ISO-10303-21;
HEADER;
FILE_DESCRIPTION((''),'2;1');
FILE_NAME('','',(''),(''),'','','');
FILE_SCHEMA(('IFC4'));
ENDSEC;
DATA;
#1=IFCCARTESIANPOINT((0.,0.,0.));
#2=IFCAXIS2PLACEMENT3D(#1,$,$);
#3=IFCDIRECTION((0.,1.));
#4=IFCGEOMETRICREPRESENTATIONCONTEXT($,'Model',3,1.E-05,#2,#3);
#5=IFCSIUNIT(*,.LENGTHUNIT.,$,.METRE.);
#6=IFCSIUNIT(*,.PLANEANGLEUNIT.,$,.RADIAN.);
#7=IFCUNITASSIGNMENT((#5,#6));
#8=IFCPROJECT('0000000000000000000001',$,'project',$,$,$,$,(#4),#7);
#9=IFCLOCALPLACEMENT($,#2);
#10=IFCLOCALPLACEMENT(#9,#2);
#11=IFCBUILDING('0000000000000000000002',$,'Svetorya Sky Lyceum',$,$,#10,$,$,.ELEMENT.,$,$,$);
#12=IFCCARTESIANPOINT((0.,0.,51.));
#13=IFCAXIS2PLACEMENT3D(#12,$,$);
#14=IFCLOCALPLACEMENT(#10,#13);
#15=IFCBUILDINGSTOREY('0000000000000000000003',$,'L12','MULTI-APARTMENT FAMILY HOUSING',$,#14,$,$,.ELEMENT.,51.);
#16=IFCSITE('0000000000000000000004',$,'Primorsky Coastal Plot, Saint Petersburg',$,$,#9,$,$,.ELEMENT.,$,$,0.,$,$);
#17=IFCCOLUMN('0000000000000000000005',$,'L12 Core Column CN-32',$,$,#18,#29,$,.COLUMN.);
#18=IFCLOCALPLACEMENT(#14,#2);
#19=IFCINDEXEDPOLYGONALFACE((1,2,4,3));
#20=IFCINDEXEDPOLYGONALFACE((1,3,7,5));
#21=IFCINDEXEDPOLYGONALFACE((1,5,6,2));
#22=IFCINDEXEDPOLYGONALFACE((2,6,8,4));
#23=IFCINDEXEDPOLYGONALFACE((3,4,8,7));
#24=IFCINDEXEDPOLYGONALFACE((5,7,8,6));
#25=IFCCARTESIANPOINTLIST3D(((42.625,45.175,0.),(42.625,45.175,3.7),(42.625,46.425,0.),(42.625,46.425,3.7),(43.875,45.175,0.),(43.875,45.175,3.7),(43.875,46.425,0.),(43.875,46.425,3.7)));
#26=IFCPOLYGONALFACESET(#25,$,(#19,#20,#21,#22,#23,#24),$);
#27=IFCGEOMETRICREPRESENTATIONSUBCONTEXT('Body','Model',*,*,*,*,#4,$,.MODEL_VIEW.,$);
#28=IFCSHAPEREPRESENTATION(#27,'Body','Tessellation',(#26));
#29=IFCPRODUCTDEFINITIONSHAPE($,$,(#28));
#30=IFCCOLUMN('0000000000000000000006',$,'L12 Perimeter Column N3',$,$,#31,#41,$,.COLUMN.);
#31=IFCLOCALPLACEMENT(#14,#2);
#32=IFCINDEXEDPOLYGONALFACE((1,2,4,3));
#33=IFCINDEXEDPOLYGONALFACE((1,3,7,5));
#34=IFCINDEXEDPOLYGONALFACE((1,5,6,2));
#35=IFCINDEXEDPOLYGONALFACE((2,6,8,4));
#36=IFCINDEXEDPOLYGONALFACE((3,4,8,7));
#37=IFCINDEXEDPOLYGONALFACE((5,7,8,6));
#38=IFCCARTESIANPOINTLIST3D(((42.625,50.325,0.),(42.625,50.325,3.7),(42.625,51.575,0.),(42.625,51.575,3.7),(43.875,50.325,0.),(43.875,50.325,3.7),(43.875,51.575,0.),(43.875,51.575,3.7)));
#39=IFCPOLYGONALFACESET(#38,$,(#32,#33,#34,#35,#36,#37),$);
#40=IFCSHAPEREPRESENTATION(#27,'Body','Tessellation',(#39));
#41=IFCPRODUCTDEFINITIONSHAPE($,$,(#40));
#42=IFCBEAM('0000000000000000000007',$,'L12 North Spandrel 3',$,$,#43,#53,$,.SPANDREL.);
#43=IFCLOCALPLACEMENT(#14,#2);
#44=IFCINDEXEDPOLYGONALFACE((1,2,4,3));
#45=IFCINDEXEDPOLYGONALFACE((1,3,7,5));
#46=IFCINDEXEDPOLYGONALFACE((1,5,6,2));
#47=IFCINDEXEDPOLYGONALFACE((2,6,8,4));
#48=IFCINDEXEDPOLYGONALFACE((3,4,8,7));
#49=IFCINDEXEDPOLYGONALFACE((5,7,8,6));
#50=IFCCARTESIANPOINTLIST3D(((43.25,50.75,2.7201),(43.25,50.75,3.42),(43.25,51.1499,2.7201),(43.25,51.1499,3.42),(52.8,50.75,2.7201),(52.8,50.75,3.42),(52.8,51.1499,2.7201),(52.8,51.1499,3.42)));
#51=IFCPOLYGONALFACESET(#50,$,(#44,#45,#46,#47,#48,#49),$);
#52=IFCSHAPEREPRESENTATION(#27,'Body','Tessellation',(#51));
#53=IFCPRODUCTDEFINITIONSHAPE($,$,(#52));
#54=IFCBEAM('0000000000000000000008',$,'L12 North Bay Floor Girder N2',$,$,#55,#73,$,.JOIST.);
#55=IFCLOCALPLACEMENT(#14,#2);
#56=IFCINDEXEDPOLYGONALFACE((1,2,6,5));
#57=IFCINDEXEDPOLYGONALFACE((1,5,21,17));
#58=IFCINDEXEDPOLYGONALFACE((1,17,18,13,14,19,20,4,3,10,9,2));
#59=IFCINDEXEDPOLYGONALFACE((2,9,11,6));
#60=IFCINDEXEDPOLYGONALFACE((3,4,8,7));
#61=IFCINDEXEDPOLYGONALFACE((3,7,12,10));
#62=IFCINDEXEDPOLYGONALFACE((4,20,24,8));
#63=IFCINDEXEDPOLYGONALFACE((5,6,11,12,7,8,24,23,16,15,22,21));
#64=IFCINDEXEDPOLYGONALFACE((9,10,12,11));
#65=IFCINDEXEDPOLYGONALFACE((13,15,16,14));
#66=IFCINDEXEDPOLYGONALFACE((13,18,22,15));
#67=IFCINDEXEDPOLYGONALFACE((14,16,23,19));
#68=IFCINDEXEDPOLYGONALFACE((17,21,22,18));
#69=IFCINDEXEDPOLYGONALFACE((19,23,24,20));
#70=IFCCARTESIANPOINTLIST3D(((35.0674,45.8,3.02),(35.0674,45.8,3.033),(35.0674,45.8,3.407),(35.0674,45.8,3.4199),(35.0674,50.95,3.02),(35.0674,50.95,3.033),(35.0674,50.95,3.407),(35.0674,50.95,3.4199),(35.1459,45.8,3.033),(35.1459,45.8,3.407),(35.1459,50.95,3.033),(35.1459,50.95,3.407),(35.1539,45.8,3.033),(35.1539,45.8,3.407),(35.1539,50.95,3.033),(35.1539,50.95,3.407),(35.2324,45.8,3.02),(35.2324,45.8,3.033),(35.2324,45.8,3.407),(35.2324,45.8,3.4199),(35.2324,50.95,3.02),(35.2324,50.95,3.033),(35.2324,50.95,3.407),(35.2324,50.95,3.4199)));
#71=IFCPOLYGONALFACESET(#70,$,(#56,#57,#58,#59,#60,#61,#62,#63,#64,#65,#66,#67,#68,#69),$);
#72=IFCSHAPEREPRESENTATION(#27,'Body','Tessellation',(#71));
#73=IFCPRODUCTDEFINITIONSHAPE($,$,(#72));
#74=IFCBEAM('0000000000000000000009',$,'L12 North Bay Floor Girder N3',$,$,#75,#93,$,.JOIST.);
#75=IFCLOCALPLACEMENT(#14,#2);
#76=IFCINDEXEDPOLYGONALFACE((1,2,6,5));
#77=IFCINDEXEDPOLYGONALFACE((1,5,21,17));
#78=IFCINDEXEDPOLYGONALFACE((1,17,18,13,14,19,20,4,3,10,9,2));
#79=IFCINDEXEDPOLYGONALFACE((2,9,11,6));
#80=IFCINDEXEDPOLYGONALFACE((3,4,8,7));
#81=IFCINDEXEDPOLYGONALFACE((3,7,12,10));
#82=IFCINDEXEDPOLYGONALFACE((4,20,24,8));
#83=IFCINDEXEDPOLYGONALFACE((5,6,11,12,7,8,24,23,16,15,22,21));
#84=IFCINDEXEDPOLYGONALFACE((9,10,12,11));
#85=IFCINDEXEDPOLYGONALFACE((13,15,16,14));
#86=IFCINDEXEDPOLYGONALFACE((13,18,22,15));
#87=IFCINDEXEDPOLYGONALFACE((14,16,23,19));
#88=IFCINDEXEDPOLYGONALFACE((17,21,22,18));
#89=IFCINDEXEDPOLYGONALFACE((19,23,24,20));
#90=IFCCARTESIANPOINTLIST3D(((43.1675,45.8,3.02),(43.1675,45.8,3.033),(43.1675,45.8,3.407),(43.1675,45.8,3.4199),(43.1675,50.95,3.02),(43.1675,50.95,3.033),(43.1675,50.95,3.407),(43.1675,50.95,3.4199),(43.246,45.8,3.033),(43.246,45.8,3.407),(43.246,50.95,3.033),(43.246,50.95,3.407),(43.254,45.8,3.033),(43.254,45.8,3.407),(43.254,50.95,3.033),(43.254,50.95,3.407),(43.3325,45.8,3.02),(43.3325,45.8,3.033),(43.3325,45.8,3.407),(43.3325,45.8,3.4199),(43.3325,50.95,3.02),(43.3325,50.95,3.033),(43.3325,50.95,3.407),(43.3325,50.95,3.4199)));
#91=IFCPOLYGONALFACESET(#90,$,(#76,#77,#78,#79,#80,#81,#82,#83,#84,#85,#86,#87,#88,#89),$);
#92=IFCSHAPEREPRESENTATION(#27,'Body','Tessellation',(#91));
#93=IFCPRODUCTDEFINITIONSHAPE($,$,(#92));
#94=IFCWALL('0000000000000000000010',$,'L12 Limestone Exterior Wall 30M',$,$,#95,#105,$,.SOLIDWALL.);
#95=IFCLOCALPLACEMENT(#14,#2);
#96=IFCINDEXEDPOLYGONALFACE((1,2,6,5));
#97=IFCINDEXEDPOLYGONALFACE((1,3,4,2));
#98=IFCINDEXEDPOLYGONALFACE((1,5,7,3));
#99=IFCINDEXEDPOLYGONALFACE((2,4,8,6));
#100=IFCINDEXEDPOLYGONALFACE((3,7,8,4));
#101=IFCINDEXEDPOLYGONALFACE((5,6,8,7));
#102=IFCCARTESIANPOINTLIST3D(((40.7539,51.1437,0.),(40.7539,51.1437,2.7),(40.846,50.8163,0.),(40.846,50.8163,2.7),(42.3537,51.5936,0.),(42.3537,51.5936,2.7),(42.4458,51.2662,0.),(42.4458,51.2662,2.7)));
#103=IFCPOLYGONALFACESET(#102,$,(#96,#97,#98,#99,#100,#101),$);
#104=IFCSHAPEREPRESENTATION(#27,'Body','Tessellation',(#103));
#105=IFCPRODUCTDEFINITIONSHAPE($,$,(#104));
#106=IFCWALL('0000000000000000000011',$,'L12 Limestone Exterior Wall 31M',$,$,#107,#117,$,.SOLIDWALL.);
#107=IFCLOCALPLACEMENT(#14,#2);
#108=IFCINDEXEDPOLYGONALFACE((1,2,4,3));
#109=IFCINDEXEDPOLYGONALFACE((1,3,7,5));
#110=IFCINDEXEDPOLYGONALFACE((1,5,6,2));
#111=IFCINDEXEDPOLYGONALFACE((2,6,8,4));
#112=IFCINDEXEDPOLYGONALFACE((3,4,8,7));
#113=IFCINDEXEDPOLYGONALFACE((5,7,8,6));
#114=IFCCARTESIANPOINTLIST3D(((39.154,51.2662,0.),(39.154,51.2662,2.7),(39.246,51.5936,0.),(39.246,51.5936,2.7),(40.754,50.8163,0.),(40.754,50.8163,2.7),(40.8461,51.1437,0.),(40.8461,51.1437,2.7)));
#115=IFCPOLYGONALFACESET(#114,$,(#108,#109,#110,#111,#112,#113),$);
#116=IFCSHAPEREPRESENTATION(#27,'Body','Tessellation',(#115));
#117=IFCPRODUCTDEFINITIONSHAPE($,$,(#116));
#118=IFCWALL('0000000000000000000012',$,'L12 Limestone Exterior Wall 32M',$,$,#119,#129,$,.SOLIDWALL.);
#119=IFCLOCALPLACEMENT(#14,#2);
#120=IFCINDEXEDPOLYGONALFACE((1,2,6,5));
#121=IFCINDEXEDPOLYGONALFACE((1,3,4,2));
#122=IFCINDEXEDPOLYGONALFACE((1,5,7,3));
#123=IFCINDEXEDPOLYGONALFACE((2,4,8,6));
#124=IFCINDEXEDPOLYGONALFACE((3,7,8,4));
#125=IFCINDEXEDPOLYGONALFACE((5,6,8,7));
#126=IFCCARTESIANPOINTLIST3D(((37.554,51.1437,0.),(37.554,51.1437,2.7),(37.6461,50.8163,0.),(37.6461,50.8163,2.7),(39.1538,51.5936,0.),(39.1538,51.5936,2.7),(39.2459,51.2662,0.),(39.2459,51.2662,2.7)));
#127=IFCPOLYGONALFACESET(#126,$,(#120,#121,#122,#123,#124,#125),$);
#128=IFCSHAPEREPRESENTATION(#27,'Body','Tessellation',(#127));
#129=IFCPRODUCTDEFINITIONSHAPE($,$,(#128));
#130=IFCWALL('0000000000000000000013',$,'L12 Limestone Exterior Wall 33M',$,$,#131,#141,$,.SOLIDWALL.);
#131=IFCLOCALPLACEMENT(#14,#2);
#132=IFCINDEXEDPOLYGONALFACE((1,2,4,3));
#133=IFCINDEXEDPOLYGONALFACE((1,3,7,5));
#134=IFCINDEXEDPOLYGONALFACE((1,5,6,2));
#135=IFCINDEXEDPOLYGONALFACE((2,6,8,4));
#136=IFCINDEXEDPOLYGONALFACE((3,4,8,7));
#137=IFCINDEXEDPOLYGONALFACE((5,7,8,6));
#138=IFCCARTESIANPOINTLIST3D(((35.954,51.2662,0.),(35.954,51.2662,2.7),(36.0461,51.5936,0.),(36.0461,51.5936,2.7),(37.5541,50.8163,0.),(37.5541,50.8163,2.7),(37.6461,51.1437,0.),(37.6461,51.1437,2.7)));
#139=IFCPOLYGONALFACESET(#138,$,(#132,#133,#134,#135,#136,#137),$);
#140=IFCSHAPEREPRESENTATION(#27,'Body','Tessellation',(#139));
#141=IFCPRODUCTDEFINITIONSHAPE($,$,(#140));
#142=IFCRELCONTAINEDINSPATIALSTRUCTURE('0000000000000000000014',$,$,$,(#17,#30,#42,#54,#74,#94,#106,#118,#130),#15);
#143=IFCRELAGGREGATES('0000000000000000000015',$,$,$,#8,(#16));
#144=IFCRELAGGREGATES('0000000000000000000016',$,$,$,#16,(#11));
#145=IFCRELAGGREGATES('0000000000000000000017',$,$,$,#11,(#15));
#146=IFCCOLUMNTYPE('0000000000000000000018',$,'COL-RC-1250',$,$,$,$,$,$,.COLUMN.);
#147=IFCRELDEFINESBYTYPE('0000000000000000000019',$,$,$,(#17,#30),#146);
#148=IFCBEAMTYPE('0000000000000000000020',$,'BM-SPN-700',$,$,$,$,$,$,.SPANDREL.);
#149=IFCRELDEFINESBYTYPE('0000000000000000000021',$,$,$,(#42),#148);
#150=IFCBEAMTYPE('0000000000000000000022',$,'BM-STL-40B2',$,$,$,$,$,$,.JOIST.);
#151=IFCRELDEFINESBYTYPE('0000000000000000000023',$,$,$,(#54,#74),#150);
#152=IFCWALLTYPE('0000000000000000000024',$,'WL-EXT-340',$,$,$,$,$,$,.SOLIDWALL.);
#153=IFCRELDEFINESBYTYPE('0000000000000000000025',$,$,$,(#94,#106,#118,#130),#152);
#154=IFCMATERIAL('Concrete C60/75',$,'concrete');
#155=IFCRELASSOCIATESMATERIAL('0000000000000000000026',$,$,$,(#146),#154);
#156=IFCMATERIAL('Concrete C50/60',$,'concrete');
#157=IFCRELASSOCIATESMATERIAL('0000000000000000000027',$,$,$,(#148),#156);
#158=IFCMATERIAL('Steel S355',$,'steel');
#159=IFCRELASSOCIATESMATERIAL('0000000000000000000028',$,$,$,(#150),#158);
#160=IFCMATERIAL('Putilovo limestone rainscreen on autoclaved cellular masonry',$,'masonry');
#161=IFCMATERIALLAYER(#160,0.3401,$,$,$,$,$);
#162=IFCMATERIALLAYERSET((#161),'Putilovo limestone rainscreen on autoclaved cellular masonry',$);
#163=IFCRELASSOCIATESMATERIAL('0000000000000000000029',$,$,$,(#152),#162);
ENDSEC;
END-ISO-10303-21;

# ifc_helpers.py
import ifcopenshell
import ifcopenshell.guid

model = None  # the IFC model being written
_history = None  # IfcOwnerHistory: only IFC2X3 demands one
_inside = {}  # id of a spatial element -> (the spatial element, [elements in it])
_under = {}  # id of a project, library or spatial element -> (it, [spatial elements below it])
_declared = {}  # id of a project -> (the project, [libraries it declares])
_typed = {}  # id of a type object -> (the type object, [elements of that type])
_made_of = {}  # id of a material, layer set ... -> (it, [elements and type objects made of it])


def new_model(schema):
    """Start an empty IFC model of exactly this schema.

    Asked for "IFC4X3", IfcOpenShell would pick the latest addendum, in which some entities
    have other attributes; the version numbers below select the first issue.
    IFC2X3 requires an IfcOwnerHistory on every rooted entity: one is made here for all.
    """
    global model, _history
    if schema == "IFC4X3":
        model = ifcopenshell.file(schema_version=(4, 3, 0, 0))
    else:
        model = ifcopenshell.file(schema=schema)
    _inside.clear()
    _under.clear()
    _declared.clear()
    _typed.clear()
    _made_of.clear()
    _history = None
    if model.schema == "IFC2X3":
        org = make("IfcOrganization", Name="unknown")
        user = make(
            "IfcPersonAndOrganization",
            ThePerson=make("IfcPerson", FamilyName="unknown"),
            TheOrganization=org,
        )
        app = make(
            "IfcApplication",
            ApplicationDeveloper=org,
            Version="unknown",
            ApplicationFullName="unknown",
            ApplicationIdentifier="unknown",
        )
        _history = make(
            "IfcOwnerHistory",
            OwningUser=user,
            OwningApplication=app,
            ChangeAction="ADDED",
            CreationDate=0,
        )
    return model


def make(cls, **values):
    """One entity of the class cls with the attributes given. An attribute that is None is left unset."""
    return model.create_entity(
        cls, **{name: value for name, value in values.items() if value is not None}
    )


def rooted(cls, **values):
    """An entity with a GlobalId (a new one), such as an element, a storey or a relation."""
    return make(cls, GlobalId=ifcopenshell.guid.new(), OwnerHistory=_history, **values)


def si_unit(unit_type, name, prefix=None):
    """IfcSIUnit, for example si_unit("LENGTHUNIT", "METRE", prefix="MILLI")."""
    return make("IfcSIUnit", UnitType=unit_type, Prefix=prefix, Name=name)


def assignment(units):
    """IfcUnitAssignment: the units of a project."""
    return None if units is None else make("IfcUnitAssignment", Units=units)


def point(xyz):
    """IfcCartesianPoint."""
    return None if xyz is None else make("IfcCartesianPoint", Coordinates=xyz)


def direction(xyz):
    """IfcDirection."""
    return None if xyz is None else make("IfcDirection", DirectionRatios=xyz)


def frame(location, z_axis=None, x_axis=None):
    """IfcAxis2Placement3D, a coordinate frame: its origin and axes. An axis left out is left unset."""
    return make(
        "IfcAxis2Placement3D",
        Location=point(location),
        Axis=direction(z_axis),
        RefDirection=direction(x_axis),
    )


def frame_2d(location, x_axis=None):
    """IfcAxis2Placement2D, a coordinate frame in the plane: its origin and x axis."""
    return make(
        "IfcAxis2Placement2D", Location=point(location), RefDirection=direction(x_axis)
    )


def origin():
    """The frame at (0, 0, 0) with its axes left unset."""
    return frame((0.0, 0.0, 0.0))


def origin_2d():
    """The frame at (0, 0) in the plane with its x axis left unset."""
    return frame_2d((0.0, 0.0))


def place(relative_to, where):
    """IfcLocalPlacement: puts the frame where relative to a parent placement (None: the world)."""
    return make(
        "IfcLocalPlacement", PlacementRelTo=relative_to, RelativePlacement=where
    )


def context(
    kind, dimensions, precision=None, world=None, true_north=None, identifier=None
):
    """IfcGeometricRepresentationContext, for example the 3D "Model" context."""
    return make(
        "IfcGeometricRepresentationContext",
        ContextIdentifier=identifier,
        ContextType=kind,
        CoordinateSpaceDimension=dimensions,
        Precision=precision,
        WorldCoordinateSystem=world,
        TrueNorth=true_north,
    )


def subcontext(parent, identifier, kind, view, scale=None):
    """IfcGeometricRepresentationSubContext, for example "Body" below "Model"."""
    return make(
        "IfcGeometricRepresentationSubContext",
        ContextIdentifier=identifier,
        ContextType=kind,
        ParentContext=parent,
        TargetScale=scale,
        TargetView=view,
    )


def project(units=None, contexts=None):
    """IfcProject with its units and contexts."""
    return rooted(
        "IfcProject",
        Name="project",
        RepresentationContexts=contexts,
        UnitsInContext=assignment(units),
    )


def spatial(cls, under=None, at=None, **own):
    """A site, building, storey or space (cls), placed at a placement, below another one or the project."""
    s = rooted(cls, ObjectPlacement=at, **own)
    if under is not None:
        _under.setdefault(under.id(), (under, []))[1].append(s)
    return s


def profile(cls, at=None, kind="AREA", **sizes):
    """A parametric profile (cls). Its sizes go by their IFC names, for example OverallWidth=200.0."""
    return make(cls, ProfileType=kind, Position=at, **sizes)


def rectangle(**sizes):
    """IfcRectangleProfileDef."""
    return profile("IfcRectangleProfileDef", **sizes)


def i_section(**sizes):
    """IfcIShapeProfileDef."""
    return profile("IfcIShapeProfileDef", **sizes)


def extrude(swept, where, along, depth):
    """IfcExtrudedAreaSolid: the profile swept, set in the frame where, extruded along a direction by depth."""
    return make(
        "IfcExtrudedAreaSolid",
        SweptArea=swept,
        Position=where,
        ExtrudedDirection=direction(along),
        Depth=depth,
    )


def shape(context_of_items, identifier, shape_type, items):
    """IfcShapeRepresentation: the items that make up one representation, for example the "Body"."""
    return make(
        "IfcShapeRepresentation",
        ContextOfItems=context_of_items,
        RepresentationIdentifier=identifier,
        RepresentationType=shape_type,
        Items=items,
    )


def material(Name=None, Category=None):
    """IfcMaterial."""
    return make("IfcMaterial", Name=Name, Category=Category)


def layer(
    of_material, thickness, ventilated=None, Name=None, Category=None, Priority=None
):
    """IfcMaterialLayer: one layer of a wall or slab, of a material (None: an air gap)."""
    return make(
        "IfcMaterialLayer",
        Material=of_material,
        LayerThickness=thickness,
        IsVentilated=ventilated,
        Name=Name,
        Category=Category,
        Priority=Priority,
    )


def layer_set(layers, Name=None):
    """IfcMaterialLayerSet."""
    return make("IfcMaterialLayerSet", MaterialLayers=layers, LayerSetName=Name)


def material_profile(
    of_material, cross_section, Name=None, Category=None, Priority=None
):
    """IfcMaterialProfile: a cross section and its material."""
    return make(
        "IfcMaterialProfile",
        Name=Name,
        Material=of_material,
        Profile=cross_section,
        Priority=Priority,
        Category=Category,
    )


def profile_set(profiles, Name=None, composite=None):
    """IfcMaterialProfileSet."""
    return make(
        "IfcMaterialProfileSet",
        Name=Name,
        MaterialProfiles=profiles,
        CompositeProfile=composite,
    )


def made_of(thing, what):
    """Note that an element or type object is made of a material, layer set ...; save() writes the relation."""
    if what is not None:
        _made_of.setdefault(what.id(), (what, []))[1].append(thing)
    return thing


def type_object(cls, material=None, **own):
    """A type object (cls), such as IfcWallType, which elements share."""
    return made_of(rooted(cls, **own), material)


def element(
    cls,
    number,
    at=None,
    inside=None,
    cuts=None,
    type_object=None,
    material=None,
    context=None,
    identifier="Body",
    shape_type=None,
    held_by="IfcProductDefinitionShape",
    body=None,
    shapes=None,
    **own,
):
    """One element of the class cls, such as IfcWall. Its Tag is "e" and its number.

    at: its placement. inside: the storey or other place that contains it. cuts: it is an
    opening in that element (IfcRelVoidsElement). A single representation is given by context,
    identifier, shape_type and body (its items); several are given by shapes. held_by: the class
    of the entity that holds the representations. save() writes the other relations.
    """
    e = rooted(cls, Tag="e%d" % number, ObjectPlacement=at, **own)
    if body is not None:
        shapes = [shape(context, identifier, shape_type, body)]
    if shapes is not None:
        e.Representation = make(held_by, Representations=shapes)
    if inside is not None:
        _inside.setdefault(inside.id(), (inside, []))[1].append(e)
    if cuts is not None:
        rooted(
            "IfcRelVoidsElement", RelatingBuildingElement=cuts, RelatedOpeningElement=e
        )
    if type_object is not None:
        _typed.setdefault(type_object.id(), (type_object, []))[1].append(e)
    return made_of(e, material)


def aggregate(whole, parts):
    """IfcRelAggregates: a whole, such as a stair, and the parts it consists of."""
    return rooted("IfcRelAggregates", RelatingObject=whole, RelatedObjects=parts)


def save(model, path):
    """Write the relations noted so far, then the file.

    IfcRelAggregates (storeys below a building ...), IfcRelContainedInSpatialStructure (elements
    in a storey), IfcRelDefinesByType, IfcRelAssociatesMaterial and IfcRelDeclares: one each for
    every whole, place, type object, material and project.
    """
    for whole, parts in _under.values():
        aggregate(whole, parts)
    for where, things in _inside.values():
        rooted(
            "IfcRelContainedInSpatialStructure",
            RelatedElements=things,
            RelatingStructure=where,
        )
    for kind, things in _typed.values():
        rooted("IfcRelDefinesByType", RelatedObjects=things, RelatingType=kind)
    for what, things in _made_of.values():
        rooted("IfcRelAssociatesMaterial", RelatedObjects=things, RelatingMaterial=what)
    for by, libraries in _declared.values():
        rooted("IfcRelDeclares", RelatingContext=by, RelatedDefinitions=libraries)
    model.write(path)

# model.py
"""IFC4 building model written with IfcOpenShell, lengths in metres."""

from ifc_helpers import new_model, si_unit, direction, frame, frame_2d, origin, origin_2d, place, context, subcontext, project, spatial, rectangle, i_section, extrude, material, layer, layer_set, material_profile, profile_set, type_object, element, save


model = new_model("IFC4")

# Units and contexts
model_context = context("Model", 3, precision=1e-05, world=origin(), true_north=direction((0.0, 1.0)))
body_context = subcontext(model_context, "Body", "Model", "MODEL_VIEW")
ifc_project = project(units=[si_unit("LENGTHUNIT", "METRE"), si_unit("PLANEANGLEUNIT", "RADIAN")], contexts=[model_context])

# Site, building, storey
site_placement = place(None, origin())
site = spatial("IfcSite", under=ifc_project, at=site_placement, Name="Primorsky Coastal Plot, Saint Petersburg", CompositionType="ELEMENT", RefElevation=0.0)
building_placement = place(site_placement, origin())
building = spatial("IfcBuilding", under=site, at=building_placement, Name="Svetorya Sky Lyceum", CompositionType="ELEMENT")
storey_placement = place(building_placement, frame((0.0, 0.0, 51.0)))
storey = spatial("IfcBuildingStorey", under=building, at=storey_placement, Name="L12", Description="MULTI-APARTMENT FAMILY HOUSING", CompositionType="ELEMENT", Elevation=51.0)

# Columns
ifc_material_1 = material(Name="Concrete C60/75", Category="concrete")
ifc_material_profile_1 = material_profile(ifc_material_1, rectangle(XDim=1.25, YDim=1.25, at=origin_2d()), Name="RC COL 1250x1250")
ifc_profile_set_1 = profile_set([ifc_material_profile_1], Name="Concrete C60/75")
column_type = type_object("IfcColumnType", Name="COL-RC-1250", PredefinedType="COLUMN", material=ifc_profile_set_1)
for number, where, z_axis, x_axis, name in (
    (1, (43.25, 45.8, 0.0), (0.0, 0.0, 1.0), (1.0, 0.0, 0.0), "L12 Core Column CN-32"),
    (2, (43.25, 50.95, 0.0), (0.0, 0.0, 1.0), (1.0, 0.0, 0.0), "L12 Perimeter Column N3"),
):
    element("IfcColumn", number, at=place(storey_placement, frame(where, z_axis=z_axis, x_axis=x_axis)), inside=storey, type_object=column_type, Name=name, PredefinedType="COLUMN", context=body_context, shape_type="SweptSolid", body=[
        extrude(rectangle(XDim=1.25, YDim=1.25, at=origin_2d()), origin(), (0.0, 0.0, 1.0), 3.7),
    ])

# Beams
ifc_material_2 = material(Name="Concrete C50/60", Category="concrete")
ifc_material_profile_2 = material_profile(ifc_material_2, rectangle(XDim=0.3999, YDim=0.7, at=origin_2d()), Name="RC SPANDREL 400x700")
ifc_profile_set_2 = profile_set([ifc_material_profile_2], Name="Concrete C50/60")
beam_type_1 = type_object("IfcBeamType", Name="BM-SPN-700", PredefinedType="SPANDREL", material=ifc_profile_set_2)
beam_placement = place(storey_placement, frame((43.25, 50.95, 3.0701), z_axis=(1.0, 0.0, 0.0), x_axis=(0.0, 1.0, 0.0)))
element("IfcBeam", 3, at=beam_placement, inside=storey, type_object=beam_type_1, Name="L12 North Spandrel 3", PredefinedType="SPANDREL", context=body_context, shape_type="SweptSolid", body=[
    extrude(rectangle(XDim=0.3999, YDim=0.7, at=origin_2d()), origin(), (0.0, 0.0, 1.0), 9.55),
])
ifc_material_3 = material(Name="Steel S355", Category="steel")
ifc_material_profile_3 = material_profile(ifc_material_3, i_section(OverallWidth=0.165, OverallDepth=0.3999, WebThickness=0.0081, FlangeThickness=0.0129, at=origin_2d()), Name="GOST 40B2")
ifc_profile_set_3 = profile_set([ifc_material_profile_3], Name="Steel S355")
beam_type_2 = type_object("IfcBeamType", Name="BM-STL-40B2", PredefinedType="JOIST", material=ifc_profile_set_3)
for number, where, z_axis, x_axis, name in (
    (4, (35.1499, 45.8, 3.22), (0.0, 1.0, 0.0), (-1.0, 0.0, 0.0), "L12 North Bay Floor Girder N2"),
    (5, (43.25, 45.8, 3.22), (0.0, 1.0, 0.0), (-1.0, 0.0, 0.0), "L12 North Bay Floor Girder N3"),
):
    element("IfcBeam", number, at=place(storey_placement, frame(where, z_axis=z_axis, x_axis=x_axis)), inside=storey, type_object=beam_type_2, Name=name, PredefinedType="JOIST", context=body_context, shape_type="SweptSolid", body=[
        extrude(i_section(OverallWidth=0.165, OverallDepth=0.3999, WebThickness=0.0081, FlangeThickness=0.0129, at=origin_2d()), origin(), (0.0, 0.0, 1.0), 5.1499),
    ])

# Walls
ifc_material_4 = material(Name="Putilovo limestone rainscreen on autoclaved cellular masonry", Category="masonry")
ifc_layer_1 = layer(ifc_material_4, 0.3401)
ifc_layer_set_1 = layer_set([ifc_layer_1], Name="Putilovo limestone rainscreen on autoclaved cellular masonry")
wall_type_1 = type_object("IfcWallType", Name="WL-EXT-340", PredefinedType="SOLIDWALL", material=ifc_layer_set_1)
wall_1_placement = place(storey_placement, frame((42.3999, 51.4299, 0.0), z_axis=(0.0, 0.0, 1.0), x_axis=(-0.962652, -0.270741, 0.0)))
element("IfcWall", 6, at=wall_1_placement, inside=storey, type_object=wall_type_1, Name="L12 Limestone Exterior Wall 30M", PredefinedType="SOLIDWALL", context=body_context, shape_type="SweptSolid", body=[
    extrude(rectangle(XDim=1.6619, YDim=0.3401, at=frame_2d((0.8311, 0.0))), origin(), (0.0, 0.0, 1.0), 2.7),
])
wall_2_placement = place(storey_placement, frame((40.8, 50.98, 0.0), z_axis=(0.0, 0.0, 1.0), x_axis=(-0.962663, 0.270703, 0.0)))
element("IfcWall", 7, at=wall_2_placement, inside=storey, type_object=wall_type_1, Name="L12 Limestone Exterior Wall 31M", PredefinedType="SOLIDWALL", context=body_context, shape_type="SweptSolid", body=[
    extrude(rectangle(XDim=1.6621, YDim=0.3401, at=frame_2d((0.8311, 0.0))), origin(), (0.0, 0.0, 1.0), 2.7),
])
wall_3_placement = place(storey_placement, frame((39.2, 51.4299, 0.0), z_axis=(0.0, 0.0, 1.0), x_axis=(-0.962652, -0.270741, 0.0)))
element("IfcWall", 8, at=wall_3_placement, inside=storey, type_object=wall_type_1, Name="L12 Limestone Exterior Wall 32M", PredefinedType="SOLIDWALL", context=body_context, shape_type="SweptSolid", body=[
    extrude(rectangle(XDim=1.6619, YDim=0.3401, at=frame_2d((0.8311, 0.0))), origin(), (0.0, 0.0, 1.0), 2.7),
])
wall_4_placement = place(storey_placement, frame((37.6001, 50.98, 0.0), z_axis=(0.0, 0.0, 1.0), x_axis=(-0.962663, 0.270703, 0.0)))
element("IfcWall", 9, at=wall_4_placement, inside=storey, type_object=wall_type_1, Name="L12 Limestone Exterior Wall 33M", PredefinedType="SOLIDWALL", context=body_context, shape_type="SweptSolid", body=[
    extrude(rectangle(XDim=1.6621, YDim=0.3401, at=frame_2d((0.8311, 0.0))), origin(), (0.0, 0.0, 1.0), 2.7),
])

save(model, "model.ifc")
